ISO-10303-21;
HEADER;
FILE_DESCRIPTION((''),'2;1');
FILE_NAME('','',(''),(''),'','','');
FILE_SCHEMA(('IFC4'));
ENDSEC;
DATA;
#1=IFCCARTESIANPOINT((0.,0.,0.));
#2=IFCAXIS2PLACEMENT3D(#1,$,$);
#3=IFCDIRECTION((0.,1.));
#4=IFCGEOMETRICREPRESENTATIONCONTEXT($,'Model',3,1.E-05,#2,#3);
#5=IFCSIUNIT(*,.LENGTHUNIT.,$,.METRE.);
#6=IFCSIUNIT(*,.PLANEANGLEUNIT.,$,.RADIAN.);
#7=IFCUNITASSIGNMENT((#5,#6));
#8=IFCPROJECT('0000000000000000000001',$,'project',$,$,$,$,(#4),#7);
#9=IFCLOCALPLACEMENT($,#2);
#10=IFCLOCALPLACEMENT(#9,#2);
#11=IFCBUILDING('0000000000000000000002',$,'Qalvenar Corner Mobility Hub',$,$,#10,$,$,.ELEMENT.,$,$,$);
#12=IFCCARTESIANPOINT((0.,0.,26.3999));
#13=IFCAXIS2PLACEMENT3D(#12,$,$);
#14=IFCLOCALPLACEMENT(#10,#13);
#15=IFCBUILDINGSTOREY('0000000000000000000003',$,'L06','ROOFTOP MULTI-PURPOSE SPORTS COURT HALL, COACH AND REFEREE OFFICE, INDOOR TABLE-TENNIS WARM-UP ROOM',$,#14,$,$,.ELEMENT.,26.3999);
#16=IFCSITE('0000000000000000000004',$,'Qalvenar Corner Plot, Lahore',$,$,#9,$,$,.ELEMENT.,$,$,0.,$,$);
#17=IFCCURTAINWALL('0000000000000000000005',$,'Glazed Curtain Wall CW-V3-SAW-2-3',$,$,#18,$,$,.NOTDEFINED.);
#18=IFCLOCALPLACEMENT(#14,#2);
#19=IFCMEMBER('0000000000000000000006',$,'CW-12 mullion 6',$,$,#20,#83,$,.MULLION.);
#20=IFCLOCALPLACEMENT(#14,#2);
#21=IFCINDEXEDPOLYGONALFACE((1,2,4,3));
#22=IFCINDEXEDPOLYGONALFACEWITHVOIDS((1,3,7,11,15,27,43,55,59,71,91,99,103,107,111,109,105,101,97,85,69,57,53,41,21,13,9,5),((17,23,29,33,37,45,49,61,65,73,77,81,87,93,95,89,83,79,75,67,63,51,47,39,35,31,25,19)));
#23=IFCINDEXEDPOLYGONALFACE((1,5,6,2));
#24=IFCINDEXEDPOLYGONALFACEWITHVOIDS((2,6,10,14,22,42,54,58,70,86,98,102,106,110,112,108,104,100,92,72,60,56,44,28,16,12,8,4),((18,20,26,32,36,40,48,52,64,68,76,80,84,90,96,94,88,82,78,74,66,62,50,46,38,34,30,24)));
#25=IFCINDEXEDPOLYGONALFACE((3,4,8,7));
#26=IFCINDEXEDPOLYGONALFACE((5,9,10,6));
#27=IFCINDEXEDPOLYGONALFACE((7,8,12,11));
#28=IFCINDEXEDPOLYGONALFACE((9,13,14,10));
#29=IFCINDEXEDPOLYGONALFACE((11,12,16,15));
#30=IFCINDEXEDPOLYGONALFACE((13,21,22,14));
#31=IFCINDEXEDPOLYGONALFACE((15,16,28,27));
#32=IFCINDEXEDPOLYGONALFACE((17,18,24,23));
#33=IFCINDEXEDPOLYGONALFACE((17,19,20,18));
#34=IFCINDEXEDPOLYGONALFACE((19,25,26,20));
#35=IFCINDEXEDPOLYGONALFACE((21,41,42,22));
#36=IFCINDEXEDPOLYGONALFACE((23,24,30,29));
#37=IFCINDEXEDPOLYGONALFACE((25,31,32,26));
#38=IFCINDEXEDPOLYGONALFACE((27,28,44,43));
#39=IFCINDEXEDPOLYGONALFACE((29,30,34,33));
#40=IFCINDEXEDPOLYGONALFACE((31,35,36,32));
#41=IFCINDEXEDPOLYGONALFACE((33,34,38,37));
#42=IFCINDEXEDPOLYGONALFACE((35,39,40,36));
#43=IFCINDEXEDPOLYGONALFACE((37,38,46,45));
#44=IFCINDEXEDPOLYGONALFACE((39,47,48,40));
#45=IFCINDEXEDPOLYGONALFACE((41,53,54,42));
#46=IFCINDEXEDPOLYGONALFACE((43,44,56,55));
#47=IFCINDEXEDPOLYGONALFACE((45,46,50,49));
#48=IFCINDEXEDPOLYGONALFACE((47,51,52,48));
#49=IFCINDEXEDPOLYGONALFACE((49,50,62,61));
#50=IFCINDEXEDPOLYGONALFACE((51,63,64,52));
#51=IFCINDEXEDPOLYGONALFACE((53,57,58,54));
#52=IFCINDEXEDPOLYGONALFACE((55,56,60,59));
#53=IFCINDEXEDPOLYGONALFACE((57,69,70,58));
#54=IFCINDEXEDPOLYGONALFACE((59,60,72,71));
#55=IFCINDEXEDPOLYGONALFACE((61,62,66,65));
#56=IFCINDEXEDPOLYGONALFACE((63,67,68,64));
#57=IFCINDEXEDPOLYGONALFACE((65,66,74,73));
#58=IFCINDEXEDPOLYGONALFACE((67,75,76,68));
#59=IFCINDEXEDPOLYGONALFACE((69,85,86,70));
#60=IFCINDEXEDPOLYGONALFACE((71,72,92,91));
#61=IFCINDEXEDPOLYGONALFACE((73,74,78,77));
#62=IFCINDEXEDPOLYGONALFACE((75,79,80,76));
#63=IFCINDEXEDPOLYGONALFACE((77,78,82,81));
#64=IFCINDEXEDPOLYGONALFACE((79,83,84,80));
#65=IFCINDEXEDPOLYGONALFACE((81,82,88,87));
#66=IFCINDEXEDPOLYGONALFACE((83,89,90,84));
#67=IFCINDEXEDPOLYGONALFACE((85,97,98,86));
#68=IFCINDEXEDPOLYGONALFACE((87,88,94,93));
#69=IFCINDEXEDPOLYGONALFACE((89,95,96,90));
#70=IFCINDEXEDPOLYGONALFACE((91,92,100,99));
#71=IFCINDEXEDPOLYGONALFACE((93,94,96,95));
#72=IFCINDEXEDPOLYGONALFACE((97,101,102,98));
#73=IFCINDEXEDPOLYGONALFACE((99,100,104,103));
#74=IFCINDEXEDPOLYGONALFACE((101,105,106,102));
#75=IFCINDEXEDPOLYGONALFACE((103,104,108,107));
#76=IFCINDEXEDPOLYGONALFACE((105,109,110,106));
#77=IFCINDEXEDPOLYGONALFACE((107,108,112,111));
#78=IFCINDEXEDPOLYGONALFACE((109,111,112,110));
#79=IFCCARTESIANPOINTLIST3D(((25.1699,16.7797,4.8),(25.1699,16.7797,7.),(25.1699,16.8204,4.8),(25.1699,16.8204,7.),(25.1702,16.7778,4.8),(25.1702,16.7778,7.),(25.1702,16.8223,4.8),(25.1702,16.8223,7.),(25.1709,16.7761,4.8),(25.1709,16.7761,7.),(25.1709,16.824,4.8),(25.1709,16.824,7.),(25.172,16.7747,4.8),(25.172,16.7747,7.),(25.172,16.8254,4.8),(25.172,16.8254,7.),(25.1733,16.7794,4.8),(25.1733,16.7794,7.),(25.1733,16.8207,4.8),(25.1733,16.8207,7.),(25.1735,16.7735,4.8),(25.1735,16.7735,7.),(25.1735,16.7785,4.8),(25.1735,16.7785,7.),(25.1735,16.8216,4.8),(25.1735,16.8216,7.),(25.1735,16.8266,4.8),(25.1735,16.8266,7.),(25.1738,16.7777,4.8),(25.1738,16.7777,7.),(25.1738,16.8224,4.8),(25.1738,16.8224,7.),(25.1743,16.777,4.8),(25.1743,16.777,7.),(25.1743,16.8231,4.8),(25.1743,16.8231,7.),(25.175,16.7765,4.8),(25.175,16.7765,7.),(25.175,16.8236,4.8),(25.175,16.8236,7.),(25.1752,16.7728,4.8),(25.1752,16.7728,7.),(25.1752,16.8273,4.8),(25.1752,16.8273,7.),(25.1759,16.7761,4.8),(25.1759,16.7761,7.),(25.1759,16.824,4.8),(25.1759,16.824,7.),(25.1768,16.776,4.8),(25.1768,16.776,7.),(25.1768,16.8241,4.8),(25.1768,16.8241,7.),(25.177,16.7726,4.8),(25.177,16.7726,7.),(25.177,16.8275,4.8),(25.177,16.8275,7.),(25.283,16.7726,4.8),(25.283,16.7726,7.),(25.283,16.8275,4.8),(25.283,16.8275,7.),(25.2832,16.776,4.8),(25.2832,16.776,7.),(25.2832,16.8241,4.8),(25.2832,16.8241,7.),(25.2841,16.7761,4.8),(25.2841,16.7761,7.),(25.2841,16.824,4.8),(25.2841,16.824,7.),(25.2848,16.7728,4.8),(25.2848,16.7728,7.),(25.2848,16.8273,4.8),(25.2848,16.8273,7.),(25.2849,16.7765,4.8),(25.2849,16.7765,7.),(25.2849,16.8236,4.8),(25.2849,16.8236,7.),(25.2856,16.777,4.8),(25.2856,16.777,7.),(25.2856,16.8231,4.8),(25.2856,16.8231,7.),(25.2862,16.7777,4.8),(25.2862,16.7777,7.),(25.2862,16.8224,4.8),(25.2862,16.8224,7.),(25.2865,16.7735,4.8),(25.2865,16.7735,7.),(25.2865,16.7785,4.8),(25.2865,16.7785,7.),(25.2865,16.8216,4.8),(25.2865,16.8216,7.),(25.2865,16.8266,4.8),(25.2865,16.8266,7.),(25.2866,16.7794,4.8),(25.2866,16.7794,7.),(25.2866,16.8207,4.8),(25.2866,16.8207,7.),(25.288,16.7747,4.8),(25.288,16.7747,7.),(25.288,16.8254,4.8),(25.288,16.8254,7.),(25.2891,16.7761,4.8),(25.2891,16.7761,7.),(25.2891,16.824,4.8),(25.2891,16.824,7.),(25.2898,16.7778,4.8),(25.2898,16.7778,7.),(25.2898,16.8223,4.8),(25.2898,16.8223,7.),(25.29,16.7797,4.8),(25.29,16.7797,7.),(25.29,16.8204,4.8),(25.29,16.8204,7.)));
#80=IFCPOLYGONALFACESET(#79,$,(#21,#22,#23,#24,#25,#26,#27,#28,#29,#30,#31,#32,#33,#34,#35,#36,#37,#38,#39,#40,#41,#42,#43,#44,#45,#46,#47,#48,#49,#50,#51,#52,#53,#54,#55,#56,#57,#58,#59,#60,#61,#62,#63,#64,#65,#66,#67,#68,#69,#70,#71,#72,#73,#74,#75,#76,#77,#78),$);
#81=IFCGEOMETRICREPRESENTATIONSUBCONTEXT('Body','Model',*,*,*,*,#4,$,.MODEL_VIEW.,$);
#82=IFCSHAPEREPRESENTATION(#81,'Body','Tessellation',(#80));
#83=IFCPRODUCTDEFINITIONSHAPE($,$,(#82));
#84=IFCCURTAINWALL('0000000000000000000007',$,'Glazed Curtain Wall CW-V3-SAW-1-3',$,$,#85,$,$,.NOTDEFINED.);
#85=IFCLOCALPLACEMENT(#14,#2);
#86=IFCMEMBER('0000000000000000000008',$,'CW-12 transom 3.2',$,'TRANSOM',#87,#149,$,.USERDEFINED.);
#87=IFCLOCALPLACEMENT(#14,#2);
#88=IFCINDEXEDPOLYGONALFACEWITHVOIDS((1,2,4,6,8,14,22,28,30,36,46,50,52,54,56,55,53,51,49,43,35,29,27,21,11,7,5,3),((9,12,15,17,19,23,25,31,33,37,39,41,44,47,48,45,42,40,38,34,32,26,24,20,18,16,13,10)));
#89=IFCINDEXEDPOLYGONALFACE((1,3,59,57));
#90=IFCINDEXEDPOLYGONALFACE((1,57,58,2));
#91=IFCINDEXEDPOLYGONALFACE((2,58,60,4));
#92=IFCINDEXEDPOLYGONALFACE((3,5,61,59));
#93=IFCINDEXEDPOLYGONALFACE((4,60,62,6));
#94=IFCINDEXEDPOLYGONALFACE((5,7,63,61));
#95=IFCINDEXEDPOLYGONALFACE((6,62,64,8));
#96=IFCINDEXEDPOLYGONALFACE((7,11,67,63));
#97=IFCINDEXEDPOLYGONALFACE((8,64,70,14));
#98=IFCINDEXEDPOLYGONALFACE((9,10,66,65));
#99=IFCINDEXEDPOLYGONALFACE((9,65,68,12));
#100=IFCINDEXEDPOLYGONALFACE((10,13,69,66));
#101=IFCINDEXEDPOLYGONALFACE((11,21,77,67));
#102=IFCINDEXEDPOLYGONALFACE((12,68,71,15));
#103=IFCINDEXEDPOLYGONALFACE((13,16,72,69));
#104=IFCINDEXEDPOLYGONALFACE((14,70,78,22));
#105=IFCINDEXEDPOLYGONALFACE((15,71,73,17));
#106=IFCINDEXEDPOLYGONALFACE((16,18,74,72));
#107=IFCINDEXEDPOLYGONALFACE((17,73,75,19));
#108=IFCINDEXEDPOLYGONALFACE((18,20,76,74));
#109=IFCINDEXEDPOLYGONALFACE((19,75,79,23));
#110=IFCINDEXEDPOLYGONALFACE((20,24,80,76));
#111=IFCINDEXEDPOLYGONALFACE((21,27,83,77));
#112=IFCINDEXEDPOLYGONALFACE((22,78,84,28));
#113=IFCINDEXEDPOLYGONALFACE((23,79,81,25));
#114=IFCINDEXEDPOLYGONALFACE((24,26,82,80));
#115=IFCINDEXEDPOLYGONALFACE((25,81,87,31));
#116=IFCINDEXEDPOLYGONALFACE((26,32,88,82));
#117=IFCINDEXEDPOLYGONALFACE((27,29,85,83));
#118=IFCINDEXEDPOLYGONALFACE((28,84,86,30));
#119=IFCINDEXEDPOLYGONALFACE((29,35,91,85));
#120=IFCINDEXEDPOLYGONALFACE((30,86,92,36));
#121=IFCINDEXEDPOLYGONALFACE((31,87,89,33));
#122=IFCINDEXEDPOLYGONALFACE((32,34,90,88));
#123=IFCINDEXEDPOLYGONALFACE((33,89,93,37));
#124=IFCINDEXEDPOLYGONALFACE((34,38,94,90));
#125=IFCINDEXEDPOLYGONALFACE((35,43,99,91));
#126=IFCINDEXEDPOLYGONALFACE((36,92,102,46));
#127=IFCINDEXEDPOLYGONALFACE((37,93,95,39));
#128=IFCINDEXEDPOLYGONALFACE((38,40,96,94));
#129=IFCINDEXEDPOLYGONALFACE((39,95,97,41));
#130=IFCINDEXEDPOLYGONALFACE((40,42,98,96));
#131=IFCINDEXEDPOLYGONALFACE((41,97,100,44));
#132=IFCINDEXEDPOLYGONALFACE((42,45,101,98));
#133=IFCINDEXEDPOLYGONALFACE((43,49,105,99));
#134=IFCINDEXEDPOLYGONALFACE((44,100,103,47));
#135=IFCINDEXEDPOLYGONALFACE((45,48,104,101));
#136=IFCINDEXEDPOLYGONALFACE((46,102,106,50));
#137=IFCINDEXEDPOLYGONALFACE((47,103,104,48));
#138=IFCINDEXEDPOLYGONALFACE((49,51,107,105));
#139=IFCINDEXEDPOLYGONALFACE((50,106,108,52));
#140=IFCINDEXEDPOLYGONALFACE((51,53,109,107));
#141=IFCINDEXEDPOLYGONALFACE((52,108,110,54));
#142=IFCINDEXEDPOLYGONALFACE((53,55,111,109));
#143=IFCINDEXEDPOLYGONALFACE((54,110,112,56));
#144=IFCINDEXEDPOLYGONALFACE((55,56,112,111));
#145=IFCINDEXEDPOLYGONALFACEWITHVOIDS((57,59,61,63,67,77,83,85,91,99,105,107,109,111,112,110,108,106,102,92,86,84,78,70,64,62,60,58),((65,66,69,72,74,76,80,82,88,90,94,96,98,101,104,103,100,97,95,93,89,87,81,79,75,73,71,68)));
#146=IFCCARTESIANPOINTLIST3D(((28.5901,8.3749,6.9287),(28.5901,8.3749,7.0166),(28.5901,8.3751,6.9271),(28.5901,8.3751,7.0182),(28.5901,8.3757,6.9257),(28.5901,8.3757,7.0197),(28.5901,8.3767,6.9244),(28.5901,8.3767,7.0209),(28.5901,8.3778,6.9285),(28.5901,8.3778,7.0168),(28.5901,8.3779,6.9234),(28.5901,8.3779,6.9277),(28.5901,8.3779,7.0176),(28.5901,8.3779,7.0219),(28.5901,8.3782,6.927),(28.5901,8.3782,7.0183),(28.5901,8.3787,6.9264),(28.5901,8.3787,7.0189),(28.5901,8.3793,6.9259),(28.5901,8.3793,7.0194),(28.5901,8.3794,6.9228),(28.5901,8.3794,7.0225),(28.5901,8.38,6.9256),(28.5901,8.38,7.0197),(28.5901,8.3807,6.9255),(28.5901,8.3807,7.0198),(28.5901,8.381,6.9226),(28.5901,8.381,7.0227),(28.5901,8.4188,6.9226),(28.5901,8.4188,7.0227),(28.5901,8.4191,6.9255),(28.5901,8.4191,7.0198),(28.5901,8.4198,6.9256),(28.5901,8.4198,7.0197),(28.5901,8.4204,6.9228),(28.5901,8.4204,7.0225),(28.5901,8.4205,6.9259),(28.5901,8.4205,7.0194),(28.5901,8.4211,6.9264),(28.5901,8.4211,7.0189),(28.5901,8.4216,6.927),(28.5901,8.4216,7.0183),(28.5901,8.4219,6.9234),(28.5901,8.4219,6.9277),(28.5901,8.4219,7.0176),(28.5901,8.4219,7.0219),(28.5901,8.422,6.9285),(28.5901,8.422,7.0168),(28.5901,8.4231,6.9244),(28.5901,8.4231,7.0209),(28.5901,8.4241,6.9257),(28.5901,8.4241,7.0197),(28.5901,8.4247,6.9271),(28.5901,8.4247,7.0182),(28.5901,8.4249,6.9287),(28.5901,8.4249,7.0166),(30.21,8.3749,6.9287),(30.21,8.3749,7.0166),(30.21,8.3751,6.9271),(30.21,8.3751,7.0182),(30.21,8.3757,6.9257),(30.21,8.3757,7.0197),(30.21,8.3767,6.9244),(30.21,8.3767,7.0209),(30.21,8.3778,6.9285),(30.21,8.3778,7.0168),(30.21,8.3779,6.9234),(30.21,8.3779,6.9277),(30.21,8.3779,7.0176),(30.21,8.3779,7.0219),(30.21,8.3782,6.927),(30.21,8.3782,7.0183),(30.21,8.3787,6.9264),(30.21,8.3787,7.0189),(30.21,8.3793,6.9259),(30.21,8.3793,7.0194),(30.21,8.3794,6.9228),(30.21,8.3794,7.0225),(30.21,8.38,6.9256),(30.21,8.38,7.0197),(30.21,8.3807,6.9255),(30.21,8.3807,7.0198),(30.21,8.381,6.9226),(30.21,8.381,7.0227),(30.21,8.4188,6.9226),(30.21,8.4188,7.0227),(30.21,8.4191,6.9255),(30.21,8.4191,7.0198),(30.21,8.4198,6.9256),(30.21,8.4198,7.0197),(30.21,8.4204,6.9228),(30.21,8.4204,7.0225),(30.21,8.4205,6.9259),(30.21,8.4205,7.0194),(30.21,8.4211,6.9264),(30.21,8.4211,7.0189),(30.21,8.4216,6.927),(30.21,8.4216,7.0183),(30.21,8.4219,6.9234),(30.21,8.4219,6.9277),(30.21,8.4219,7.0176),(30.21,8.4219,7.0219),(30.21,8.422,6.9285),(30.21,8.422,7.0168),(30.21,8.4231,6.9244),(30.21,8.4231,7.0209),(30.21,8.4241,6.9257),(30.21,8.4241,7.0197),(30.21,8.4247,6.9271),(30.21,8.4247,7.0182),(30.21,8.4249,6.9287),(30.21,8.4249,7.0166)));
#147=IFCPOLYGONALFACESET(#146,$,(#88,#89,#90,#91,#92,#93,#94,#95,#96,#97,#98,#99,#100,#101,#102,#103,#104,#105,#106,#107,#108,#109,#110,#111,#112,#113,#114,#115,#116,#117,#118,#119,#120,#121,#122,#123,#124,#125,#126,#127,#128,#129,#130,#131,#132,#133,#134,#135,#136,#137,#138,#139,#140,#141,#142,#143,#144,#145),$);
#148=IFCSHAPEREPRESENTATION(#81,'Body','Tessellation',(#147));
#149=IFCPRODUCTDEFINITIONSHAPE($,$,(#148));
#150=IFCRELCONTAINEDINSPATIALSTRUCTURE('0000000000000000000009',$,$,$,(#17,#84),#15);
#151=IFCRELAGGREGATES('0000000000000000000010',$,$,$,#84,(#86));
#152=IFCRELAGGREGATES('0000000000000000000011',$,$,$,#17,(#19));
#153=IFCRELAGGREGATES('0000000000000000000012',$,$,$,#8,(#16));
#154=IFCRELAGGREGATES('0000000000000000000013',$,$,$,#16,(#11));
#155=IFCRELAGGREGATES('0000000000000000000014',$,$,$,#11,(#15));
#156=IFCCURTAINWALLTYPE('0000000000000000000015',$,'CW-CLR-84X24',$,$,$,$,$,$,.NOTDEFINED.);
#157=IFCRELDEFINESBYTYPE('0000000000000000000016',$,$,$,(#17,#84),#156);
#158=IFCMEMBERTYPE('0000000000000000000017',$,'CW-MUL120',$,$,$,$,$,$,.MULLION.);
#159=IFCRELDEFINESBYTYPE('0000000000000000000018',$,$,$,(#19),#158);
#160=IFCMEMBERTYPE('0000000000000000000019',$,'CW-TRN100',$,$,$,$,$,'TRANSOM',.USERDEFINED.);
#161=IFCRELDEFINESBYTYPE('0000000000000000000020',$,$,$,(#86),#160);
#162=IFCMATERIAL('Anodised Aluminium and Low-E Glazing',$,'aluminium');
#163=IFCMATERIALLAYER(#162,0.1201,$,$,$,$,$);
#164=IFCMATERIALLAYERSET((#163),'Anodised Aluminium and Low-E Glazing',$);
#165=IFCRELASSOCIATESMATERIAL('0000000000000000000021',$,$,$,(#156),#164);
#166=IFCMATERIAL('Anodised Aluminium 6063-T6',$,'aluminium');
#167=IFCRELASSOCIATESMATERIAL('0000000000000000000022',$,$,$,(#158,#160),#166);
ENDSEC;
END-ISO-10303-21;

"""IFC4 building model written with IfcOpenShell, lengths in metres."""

from ifc_helpers import new_model, si_unit, direction, frame, origin, origin_2d, place, context, subcontext, project, spatial, hollow_rectangle, extrude, material, layer, layer_set, material_profile, profile_set, type_object, element, aggregate, save


model = new_model("IFC4")

# Units and contexts
model_context = context("Model", 3, precision=1e-05, world=origin(), true_north=direction((0.0, 1.0)))
body_context = subcontext(model_context, "Body", "Model", "MODEL_VIEW")
ifc_project = project(units=[si_unit("LENGTHUNIT", "METRE"), si_unit("PLANEANGLEUNIT", "RADIAN")], contexts=[model_context])

# Site, building, storey
site_placement = place(None, origin())
site = spatial("IfcSite", under=ifc_project, at=site_placement, Name="Qalvenar Corner Plot, Lahore", CompositionType="ELEMENT", RefElevation=0.0)
building_placement = place(site_placement, origin())
building = spatial("IfcBuilding", under=site, at=building_placement, Name="Qalvenar Corner Mobility Hub", CompositionType="ELEMENT")
storey_placement = place(building_placement, frame((0.0, 0.0, 26.3999)))
storey = spatial("IfcBuildingStorey", under=building, at=storey_placement, Name="L06", Description="ROOFTOP MULTI-PURPOSE SPORTS COURT HALL, COACH AND REFEREE OFFICE, INDOOR TABLE-TENNIS WARM-UP ROOM", CompositionType="ELEMENT", Elevation=26.3999)

# Curtain wall, member
ifc_material_1 = material(Name="Anodised Aluminium and Low-E Glazing", Category="aluminium")
ifc_layer_1 = layer(ifc_material_1, 0.1201)
ifc_layer_set_1 = layer_set([ifc_layer_1], Name="Anodised Aluminium and Low-E Glazing")
curtain_wall_type = type_object("IfcCurtainWallType", Name="CW-CLR-84X24", PredefinedType="NOTDEFINED", material=ifc_layer_set_1)
ifc_material_2 = material(Name="Anodised Aluminium 6063-T6", Category="aluminium")
ifc_material_profile_1 = material_profile(ifc_material_2, hollow_rectangle(XDim=0.0549, YDim=0.1201, WallThickness=0.0034, InnerFilletRadius=0.0034, OuterFilletRadius=0.0071, at=origin_2d()), Name="RHS120x55x3.5")
ifc_profile_set_1 = profile_set([ifc_material_profile_1], Name="Anodised Aluminium 6063-T6")
member_type_1 = type_object("IfcMemberType", Name="CW-MUL120", PredefinedType="MULLION", material=ifc_profile_set_1)
curtain_wall_1_placement = place(storey_placement, origin())
curtain_wall_1 = element("IfcCurtainWall", 1, at=curtain_wall_1_placement, inside=storey, type_object=curtain_wall_type, Name="Glazed Curtain Wall CW-V3-SAW-2-3", PredefinedType="NOTDEFINED")
member_1_placement = place(storey_placement, frame((25.23, 16.8, 4.8), z_axis=(0.0, 0.0, 1.0), x_axis=(0.0, -1.0, 0.0)))
member_1 = element("IfcMember", 2, at=member_1_placement, type_object=member_type_1, Name="CW-12 mullion 6", PredefinedType="MULLION", context=body_context, shape_type="SweptSolid", body=[
    extrude(hollow_rectangle(XDim=0.0549, YDim=0.1201, WallThickness=0.0034, InnerFilletRadius=0.0034, OuterFilletRadius=0.0071, at=origin_2d()), origin(), (0.0, 0.0, 1.0), 2.2),
])

# Curtain wall, member
curtain_wall_2_placement = place(storey_placement, origin())
curtain_wall_2 = element("IfcCurtainWall", 3, at=curtain_wall_2_placement, inside=storey, type_object=curtain_wall_type, Name="Glazed Curtain Wall CW-V3-SAW-1-3", PredefinedType="NOTDEFINED")
ifc_material_profile_2 = material_profile(ifc_material_2, hollow_rectangle(XDim=0.05, YDim=0.1001, WallThickness=0.0029, InnerFilletRadius=0.0029, OuterFilletRadius=0.0061, at=origin_2d()), Name="RHS100x50x3")
ifc_profile_set_2 = profile_set([ifc_material_profile_2], Name="Anodised Aluminium 6063-T6")
member_type_2 = type_object("IfcMemberType", Name="CW-TRN100", ElementType="TRANSOM", PredefinedType="USERDEFINED", material=ifc_profile_set_2)
member_2_placement = place(storey_placement, frame((30.21, 8.3999, 6.9727), z_axis=(-1.0, 0.0, 0.0), x_axis=(0.0, -1.0, 0.0)))
member_2 = element("IfcMember", 4, at=member_2_placement, type_object=member_type_2, Name="CW-12 transom 3.2", ObjectType="TRANSOM", PredefinedType="USERDEFINED", context=body_context, shape_type="SweptSolid", body=[
    extrude(hollow_rectangle(XDim=0.05, YDim=0.1001, WallThickness=0.0029, InnerFilletRadius=0.0029, OuterFilletRadius=0.0061, at=origin_2d()), origin(), (0.0, 0.0, 1.0), 1.6199),
])
aggregate(curtain_wall_2, [member_2])

aggregate(curtain_wall_1, [member_1])

save(model, "model.ifc")
